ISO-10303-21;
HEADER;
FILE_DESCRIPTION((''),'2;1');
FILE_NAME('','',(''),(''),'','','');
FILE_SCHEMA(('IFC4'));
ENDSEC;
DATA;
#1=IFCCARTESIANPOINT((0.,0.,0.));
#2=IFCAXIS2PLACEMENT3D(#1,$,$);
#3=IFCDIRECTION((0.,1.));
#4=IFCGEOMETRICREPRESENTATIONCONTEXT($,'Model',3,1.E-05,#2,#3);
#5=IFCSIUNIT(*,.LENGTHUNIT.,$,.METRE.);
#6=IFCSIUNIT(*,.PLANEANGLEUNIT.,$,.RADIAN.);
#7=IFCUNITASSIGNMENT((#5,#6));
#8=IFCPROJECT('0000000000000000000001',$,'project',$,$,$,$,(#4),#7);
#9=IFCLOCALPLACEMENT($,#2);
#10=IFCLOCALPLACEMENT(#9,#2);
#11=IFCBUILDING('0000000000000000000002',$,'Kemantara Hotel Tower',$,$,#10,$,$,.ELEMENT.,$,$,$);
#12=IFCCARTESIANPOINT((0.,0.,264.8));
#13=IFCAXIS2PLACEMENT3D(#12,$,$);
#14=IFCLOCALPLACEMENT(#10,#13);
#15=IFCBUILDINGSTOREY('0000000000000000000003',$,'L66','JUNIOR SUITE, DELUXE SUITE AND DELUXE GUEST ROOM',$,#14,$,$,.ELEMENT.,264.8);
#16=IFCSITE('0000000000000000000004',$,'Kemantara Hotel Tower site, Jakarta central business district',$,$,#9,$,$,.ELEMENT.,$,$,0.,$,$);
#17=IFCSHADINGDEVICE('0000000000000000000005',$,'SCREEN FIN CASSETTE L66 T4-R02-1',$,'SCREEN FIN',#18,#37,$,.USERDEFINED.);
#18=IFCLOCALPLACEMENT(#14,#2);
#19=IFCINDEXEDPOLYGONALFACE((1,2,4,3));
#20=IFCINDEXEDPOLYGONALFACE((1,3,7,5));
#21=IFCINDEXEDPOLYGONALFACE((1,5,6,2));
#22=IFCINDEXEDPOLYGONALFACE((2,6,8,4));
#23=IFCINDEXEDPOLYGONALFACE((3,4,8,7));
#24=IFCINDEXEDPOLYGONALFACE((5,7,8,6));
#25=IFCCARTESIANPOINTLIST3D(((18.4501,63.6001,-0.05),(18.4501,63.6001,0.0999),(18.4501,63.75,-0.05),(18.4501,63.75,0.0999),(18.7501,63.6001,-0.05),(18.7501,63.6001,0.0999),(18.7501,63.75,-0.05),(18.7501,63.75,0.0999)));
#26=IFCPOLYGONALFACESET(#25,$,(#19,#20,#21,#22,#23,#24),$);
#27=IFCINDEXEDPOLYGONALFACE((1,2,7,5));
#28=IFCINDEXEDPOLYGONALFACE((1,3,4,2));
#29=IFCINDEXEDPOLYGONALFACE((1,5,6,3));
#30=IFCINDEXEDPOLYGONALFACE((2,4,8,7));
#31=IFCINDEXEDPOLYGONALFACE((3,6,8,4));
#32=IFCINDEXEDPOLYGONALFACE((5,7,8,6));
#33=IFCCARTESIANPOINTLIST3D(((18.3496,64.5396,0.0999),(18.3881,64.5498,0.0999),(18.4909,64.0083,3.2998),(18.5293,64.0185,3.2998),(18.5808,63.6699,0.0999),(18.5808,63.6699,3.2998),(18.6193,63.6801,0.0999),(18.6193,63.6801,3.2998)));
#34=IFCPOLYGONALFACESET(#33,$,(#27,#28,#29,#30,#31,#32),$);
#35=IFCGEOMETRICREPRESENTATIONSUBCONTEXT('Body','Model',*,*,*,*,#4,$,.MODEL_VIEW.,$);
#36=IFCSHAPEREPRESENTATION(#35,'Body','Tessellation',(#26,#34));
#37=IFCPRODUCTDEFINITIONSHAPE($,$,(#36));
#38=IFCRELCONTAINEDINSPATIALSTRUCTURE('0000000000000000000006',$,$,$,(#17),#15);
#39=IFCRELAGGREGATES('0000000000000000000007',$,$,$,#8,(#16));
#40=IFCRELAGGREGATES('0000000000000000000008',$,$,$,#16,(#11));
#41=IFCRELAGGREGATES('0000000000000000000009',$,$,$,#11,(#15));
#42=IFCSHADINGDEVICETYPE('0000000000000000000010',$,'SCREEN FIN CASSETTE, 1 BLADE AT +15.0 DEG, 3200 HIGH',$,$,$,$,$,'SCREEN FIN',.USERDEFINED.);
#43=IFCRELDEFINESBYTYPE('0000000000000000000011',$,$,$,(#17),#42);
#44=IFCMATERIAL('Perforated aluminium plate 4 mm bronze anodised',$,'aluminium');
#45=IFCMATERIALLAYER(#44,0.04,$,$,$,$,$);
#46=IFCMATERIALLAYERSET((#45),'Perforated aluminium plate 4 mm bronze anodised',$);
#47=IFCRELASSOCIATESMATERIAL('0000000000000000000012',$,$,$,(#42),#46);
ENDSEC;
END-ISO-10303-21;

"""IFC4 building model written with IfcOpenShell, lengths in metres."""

from ifc_helpers import new_model, si_unit, direction, frame, origin, origin_2d, place, context, subcontext, project, spatial, polyline, rectangle, outline, extrude, source, transform, mapped, material, layer, layer_set, type_object, element, save


model = new_model("IFC4")

# Units and contexts
model_context = context("Model", 3, precision=1e-05, world=origin(), true_north=direction((0.0, 1.0)))
body_context = subcontext(model_context, "Body", "Model", "MODEL_VIEW")
ifc_project = project(units=[si_unit("LENGTHUNIT", "METRE"), si_unit("PLANEANGLEUNIT", "RADIAN")], contexts=[model_context])

# Site, building, storey
site_placement = place(None, origin())
site = spatial("IfcSite", under=ifc_project, at=site_placement, Name="Kemantara Hotel Tower site, Jakarta central business district", CompositionType="ELEMENT", RefElevation=0.0)
building_placement = place(site_placement, origin())
building = spatial("IfcBuilding", under=site, at=building_placement, Name="Kemantara Hotel Tower", CompositionType="ELEMENT")
storey_placement = place(building_placement, frame((0.0, 0.0, 264.8)))
storey = spatial("IfcBuildingStorey", under=building, at=storey_placement, Name="L66", Description="JUNIOR SUITE, DELUXE SUITE AND DELUXE GUEST ROOM", CompositionType="ELEMENT", Elevation=264.8)

# Shading device
ifc_material_1 = material(Name="Perforated aluminium plate 4 mm bronze anodised", Category="aluminium")
ifc_layer_1 = layer(ifc_material_1, 0.04)
ifc_layer_set_1 = layer_set([ifc_layer_1], Name="Perforated aluminium plate 4 mm bronze anodised")
shading_device_type_1 = type_object("IfcShadingDeviceType", Name="SCREEN FIN CASSETTE, 1 BLADE AT +15.0 DEG, 3200 HIGH", ElementType="SCREEN FIN", PredefinedType="USERDEFINED", material=ifc_layer_set_1)
shared_shape_1 = source(origin(), body_context, "Body", "SweptSolid", [
    extrude(rectangle(XDim=0.3, YDim=0.1499, at=origin_2d()), frame((0.0, -0.075, -0.1499), z_axis=(0.0, 0.0, 1.0), x_axis=(1.0, 0.0, 0.0)), (0.0, 0.0, 1.0), 0.1499),
    extrude(outline(polyline([(0.0, 0.0), (0.8999, 0.0), (0.3501, 3.2), (0.0, 3.2), (0.0, 0.0)])), frame((0.0193, -0.0698, 0.0), z_axis=(-0.966438, -0.256901, 0.0), x_axis=(0.256901, -0.966438, 0.0)), (0.0, 0.0, 1.0), 0.0398),
])
shading_device_1_placement = place(storey_placement, frame((18.6001, 63.6001, 0.0999), z_axis=(0.0, 0.0, 1.0), x_axis=(-1.0, 0.0, 0.0)))
element("IfcShadingDevice", 1, at=shading_device_1_placement, inside=storey, type_object=shading_device_type_1, Name="SCREEN FIN CASSETTE L66 T4-R02-1", ObjectType="SCREEN FIN", PredefinedType="USERDEFINED", context=body_context, shape_type="MappedRepresentation", body=[
    mapped(shared_shape_1, transform((0.0, 0.0, 0.0))),
])

save(model, "model.ifc")
